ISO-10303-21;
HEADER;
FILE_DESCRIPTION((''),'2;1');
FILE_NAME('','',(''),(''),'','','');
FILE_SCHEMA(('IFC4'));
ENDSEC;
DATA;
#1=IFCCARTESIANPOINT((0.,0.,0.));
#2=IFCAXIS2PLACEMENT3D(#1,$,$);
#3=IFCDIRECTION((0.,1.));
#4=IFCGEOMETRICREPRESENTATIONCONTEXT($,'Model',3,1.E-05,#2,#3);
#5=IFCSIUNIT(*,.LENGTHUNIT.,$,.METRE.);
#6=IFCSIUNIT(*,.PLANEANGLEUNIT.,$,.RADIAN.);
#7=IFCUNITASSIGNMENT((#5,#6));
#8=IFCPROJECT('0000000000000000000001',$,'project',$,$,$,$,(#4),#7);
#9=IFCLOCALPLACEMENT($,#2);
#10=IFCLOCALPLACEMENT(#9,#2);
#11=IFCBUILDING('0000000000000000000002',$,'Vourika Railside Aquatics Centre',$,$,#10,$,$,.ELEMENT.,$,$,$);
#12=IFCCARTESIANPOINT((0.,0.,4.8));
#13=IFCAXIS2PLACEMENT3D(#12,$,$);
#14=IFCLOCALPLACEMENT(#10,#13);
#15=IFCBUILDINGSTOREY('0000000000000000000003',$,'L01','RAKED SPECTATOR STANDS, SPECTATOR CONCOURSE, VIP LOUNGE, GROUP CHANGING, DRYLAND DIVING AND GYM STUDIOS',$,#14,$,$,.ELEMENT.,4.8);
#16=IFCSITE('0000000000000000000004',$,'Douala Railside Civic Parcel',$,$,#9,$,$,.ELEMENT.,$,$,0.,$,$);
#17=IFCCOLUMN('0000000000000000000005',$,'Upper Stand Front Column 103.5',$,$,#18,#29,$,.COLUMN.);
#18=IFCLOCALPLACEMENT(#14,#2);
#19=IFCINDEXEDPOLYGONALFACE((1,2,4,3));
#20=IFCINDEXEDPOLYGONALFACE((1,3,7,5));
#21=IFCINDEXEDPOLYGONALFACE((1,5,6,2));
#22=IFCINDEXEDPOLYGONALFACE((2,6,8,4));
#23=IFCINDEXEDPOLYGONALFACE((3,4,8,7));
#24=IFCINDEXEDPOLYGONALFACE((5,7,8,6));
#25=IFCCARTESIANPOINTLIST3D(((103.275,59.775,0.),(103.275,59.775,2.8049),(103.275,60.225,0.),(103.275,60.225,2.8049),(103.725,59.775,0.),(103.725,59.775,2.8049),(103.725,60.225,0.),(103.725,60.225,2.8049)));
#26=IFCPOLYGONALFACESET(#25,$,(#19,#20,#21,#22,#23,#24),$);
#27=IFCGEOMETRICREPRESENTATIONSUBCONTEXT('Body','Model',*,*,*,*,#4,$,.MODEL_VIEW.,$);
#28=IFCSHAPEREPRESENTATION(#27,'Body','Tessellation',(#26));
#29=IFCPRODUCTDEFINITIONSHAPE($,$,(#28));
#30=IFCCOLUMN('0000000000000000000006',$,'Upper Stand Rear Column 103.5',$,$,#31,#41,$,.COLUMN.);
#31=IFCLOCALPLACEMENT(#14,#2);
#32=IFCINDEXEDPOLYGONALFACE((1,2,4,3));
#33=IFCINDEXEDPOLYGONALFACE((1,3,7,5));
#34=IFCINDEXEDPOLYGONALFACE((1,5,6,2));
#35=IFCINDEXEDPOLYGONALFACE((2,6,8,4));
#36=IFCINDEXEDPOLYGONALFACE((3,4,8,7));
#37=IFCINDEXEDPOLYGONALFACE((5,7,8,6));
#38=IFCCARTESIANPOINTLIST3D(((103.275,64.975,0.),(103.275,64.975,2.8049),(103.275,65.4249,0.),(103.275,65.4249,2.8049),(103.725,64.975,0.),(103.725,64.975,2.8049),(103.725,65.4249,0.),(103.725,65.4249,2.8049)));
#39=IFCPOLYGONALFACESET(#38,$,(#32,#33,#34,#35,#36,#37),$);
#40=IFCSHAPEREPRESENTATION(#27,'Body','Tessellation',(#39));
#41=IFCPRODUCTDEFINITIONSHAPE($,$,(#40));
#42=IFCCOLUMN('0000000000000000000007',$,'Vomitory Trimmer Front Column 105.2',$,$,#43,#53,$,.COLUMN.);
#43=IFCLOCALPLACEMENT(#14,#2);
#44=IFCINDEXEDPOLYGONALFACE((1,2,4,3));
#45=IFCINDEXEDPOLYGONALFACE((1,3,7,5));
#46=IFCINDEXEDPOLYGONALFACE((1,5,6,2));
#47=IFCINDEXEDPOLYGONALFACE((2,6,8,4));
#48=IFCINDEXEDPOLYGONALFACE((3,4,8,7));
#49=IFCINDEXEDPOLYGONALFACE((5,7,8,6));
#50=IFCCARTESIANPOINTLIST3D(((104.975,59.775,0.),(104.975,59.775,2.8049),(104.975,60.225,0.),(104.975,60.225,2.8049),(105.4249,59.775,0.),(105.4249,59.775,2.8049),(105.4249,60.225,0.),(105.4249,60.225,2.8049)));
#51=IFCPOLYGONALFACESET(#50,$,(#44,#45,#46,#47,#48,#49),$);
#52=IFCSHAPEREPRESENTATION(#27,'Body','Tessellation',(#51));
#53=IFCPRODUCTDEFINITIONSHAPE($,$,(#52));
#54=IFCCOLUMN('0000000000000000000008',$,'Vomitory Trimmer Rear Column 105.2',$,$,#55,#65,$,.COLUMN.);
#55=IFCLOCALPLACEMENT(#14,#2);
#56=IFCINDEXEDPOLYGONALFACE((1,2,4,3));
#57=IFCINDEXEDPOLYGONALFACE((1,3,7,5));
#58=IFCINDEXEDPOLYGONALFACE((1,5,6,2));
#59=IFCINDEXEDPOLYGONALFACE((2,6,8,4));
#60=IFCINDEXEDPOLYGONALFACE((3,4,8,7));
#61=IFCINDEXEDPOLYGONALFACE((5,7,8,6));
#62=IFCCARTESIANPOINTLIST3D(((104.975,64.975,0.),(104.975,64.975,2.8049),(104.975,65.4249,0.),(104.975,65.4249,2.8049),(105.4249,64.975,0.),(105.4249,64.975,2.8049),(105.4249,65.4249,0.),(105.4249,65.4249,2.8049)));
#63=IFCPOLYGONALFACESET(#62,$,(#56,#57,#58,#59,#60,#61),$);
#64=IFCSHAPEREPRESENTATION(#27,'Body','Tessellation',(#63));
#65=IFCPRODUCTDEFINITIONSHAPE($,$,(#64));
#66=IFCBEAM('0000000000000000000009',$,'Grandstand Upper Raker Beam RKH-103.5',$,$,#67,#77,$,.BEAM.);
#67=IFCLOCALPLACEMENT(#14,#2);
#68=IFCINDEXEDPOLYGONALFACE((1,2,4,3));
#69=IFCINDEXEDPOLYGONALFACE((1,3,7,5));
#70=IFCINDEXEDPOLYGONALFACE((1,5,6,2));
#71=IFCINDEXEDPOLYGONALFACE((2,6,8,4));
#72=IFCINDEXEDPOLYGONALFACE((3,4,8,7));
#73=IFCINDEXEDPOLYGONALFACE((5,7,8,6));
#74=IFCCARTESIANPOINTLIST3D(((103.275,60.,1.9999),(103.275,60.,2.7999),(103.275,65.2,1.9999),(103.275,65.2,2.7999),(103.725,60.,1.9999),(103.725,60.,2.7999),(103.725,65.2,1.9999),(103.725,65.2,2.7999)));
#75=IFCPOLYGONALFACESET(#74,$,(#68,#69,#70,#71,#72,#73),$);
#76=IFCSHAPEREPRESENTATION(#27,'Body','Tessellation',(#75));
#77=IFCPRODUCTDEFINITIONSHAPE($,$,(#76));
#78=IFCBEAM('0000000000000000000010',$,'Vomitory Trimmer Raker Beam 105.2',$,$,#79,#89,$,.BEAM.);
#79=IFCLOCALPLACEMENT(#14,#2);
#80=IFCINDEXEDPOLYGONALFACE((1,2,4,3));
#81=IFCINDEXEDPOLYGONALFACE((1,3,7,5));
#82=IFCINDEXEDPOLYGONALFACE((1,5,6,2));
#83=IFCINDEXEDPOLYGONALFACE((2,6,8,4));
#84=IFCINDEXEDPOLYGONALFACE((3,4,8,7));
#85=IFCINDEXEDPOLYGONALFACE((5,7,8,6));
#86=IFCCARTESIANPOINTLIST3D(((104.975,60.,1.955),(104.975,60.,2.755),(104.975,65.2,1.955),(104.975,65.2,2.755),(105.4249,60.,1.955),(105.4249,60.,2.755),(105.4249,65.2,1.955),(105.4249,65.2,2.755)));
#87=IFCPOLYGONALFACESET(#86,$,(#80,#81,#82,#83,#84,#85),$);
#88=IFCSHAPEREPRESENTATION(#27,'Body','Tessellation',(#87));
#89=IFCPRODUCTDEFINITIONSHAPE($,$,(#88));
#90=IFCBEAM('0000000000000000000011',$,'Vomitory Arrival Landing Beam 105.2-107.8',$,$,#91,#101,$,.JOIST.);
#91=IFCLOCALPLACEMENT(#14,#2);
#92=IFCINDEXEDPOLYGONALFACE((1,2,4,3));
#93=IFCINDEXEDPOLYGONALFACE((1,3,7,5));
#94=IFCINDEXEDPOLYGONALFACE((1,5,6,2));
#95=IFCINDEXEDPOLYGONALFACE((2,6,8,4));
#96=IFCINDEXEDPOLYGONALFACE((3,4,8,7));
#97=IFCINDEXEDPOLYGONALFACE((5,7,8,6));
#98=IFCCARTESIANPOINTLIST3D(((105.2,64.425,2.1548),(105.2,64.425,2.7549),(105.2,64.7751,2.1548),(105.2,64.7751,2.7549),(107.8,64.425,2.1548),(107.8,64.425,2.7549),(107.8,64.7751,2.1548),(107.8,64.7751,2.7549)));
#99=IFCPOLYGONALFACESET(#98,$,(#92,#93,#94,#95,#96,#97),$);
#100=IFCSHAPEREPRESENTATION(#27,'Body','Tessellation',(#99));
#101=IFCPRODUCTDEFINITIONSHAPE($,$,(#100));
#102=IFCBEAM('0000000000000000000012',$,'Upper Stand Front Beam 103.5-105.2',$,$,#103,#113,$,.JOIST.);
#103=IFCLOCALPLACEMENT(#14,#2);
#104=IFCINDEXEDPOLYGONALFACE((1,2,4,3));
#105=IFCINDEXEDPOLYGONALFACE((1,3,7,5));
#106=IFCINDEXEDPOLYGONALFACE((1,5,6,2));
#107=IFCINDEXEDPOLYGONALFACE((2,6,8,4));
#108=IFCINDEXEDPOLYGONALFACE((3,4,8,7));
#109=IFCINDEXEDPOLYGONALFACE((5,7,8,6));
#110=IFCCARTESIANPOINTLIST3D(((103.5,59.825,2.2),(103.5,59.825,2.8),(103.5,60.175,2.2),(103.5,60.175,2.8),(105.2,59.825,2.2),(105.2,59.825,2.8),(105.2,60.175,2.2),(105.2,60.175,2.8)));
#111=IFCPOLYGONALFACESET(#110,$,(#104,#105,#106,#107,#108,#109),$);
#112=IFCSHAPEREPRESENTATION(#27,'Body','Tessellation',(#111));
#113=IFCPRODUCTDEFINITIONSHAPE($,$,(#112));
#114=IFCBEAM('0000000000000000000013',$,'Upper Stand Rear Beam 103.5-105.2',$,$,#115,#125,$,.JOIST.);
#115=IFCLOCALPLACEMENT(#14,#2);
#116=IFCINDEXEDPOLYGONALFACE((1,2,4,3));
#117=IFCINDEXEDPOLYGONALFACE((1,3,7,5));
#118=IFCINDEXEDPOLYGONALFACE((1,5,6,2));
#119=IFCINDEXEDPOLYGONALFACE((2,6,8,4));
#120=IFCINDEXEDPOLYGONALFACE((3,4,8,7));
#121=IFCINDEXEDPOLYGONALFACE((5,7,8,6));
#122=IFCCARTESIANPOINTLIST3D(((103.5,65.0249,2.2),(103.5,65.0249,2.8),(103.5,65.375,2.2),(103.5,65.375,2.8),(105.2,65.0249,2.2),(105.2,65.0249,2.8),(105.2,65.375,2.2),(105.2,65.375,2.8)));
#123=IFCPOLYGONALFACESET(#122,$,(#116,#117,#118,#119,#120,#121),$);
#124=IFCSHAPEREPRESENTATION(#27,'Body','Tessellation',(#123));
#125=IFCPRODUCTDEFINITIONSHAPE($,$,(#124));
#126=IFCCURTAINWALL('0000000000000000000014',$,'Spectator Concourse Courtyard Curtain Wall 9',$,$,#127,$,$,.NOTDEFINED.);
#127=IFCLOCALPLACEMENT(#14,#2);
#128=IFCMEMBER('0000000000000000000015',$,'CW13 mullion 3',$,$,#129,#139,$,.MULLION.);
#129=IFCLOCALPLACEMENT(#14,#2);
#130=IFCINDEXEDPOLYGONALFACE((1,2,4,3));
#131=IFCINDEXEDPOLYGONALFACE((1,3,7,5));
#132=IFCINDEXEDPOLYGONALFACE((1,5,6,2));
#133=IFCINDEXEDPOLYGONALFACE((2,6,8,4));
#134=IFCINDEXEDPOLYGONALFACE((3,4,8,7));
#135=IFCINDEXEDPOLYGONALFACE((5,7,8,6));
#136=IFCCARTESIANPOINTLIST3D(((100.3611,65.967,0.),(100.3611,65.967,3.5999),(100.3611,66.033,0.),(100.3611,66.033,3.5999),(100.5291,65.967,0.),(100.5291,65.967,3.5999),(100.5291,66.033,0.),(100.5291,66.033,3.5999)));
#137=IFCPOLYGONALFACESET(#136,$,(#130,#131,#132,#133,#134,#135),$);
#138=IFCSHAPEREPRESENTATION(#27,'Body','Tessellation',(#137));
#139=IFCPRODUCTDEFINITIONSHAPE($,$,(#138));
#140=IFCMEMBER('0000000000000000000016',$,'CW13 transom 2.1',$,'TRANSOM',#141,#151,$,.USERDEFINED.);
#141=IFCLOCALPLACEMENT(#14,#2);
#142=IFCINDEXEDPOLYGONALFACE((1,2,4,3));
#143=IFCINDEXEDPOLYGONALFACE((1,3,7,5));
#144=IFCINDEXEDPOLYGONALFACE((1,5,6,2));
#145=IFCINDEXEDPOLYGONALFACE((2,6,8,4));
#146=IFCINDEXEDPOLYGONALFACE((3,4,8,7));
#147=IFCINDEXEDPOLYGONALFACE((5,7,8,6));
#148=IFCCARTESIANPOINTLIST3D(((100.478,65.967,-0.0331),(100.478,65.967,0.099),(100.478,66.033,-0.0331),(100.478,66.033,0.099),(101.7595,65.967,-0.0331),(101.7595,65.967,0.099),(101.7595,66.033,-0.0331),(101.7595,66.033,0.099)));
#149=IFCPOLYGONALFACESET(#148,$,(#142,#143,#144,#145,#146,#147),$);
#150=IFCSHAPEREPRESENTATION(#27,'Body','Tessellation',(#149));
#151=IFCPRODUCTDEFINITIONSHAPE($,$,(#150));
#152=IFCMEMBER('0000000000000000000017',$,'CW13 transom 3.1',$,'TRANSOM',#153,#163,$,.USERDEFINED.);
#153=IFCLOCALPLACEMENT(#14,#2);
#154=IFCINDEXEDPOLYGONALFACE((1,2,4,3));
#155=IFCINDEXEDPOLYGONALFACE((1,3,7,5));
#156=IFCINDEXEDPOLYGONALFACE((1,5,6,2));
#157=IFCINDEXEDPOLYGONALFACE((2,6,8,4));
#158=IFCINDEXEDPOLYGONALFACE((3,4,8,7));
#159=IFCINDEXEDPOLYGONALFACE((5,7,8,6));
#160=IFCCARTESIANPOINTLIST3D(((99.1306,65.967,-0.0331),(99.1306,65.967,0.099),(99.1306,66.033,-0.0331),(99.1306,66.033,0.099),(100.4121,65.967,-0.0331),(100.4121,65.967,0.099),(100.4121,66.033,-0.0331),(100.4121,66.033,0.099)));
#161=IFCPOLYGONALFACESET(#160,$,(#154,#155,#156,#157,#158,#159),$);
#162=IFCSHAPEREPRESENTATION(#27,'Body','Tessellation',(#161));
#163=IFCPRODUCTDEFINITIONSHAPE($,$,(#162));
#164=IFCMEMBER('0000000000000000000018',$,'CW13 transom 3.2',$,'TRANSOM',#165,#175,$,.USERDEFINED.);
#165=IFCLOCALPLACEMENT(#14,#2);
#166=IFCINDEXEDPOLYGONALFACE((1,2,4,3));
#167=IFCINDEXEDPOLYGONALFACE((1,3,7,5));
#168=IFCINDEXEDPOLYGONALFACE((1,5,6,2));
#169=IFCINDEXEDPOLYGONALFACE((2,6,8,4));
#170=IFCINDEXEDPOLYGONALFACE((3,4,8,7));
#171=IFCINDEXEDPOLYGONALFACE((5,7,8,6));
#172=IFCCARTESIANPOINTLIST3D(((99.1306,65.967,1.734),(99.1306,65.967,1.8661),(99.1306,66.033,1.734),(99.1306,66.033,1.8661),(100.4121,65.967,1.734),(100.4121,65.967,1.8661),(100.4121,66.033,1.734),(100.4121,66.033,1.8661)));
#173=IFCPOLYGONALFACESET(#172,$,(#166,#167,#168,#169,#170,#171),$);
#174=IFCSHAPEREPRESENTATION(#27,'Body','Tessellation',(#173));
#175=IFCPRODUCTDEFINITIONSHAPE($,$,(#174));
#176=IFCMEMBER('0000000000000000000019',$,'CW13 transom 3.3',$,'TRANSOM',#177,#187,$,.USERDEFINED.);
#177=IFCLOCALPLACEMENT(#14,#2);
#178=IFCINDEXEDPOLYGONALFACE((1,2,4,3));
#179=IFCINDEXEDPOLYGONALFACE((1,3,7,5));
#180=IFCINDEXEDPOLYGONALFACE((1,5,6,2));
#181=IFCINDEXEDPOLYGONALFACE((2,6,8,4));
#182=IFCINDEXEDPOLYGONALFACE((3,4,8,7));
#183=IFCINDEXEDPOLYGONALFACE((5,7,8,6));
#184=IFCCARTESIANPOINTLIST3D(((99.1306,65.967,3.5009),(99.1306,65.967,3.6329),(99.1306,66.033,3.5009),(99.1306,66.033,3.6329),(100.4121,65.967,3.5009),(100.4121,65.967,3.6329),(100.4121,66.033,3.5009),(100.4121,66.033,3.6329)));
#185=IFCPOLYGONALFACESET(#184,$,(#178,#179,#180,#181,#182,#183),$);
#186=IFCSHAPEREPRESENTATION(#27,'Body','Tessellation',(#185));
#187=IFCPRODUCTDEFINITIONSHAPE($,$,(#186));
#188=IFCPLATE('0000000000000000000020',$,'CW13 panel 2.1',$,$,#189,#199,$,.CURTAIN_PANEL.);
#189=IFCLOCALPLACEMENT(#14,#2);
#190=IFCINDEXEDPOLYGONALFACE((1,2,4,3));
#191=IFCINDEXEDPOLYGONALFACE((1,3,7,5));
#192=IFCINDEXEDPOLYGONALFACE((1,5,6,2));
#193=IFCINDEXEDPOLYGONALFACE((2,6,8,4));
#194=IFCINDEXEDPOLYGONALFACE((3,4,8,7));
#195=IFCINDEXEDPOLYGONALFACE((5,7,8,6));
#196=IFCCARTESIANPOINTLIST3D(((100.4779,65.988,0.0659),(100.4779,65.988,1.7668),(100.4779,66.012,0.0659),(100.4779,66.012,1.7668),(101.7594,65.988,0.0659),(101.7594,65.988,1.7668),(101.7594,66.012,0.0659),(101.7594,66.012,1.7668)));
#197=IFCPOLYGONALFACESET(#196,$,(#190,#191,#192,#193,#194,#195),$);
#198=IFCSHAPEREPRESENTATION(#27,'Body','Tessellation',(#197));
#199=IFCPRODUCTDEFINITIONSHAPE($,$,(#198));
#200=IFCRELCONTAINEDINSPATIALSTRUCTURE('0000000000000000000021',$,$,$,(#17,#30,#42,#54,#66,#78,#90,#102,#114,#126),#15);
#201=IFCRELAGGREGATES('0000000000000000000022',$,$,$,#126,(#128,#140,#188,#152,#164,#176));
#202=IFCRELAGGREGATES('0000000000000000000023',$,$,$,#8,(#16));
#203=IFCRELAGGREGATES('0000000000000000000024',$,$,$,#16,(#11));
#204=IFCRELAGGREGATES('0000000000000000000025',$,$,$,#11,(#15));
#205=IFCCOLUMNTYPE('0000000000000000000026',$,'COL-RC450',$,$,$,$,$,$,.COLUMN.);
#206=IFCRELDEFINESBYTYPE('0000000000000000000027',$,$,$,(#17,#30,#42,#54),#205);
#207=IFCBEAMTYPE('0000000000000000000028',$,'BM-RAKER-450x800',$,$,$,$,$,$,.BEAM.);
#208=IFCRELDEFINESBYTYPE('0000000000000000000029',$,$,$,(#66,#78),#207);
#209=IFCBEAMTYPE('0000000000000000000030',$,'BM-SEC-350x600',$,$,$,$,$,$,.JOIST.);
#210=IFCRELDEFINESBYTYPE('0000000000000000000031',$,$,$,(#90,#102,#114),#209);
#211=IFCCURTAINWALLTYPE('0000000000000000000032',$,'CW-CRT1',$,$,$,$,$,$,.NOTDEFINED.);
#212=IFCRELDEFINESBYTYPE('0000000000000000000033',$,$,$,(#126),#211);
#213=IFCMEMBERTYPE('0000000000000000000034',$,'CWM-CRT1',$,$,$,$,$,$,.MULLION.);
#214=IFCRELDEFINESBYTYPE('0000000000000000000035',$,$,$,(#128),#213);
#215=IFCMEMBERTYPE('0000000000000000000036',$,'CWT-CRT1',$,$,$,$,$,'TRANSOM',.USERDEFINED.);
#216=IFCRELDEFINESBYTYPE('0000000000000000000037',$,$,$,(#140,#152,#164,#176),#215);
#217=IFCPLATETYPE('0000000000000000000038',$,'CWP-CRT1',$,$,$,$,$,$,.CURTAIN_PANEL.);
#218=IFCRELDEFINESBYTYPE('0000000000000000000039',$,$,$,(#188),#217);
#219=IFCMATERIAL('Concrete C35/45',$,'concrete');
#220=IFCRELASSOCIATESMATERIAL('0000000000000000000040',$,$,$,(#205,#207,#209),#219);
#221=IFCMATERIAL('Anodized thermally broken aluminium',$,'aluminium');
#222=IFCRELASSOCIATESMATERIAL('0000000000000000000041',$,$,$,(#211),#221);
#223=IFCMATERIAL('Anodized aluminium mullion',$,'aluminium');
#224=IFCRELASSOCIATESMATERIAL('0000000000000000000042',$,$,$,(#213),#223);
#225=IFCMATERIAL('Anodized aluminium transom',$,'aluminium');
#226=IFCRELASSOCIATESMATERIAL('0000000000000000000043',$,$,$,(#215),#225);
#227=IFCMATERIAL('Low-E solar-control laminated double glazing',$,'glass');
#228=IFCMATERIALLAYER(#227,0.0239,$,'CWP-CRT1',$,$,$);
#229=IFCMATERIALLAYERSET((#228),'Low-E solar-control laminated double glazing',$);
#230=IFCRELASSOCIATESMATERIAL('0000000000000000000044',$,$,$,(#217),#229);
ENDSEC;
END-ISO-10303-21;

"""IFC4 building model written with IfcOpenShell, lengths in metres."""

from ifc_helpers import new_model, si_unit, direction, frame, origin, origin_2d, place, context, subcontext, project, spatial, rectangle, extrude, material, layer, layer_set, material_profile, profile_set, type_object, element, aggregate, save


model = new_model("IFC4")

# Units and contexts
model_context = context("Model", 3, precision=1e-05, world=origin(), true_north=direction((0.0, 1.0)))
body_context = subcontext(model_context, "Body", "Model", "MODEL_VIEW")
ifc_project = project(units=[si_unit("LENGTHUNIT", "METRE"), si_unit("PLANEANGLEUNIT", "RADIAN")], contexts=[model_context])

# Site, building, storey
site_placement = place(None, origin())
site = spatial("IfcSite", under=ifc_project, at=site_placement, Name="Douala Railside Civic Parcel", CompositionType="ELEMENT", RefElevation=0.0)
building_placement = place(site_placement, origin())
building = spatial("IfcBuilding", under=site, at=building_placement, Name="Vourika Railside Aquatics Centre", CompositionType="ELEMENT")
storey_placement = place(building_placement, frame((0.0, 0.0, 4.8)))
storey = spatial("IfcBuildingStorey", under=building, at=storey_placement, Name="L01", Description="RAKED SPECTATOR STANDS, SPECTATOR CONCOURSE, VIP LOUNGE, GROUP CHANGING, DRYLAND DIVING AND GYM STUDIOS", CompositionType="ELEMENT", Elevation=4.8)

# Columns
ifc_material_1 = material(Name="Concrete C35/45", Category="concrete")
ifc_material_profile_1 = material_profile(ifc_material_1, rectangle(XDim=0.45, YDim=0.45, at=origin_2d()), Name="RC 450x450")
ifc_profile_set_1 = profile_set([ifc_material_profile_1], Name="Concrete C35/45")
column_type = type_object("IfcColumnType", Name="COL-RC450", PredefinedType="COLUMN", material=ifc_profile_set_1)
for number, where, z_axis, x_axis, name in (
    (1, (103.5, 60.0, 0.0), (0.0, 0.0, 1.0), (1.0, 0.0, 0.0), "Upper Stand Front Column 103.5"),
    (2, (103.5, 65.2, 0.0), (0.0, 0.0, 1.0), (1.0, 0.0, 0.0), "Upper Stand Rear Column 103.5"),
    (3, (105.2, 60.0, 0.0), (0.0, 0.0, 1.0), (1.0, 0.0, 0.0), "Vomitory Trimmer Front Column 105.2"),
    (4, (105.2, 65.2, 0.0), (0.0, 0.0, 1.0), (1.0, 0.0, 0.0), "Vomitory Trimmer Rear Column 105.2"),
):
    element("IfcColumn", number, at=place(storey_placement, frame(where, z_axis=z_axis, x_axis=x_axis)), inside=storey, type_object=column_type, Name=name, PredefinedType="COLUMN", context=body_context, shape_type="SweptSolid", body=[
        extrude(rectangle(XDim=0.45, YDim=0.45, at=origin_2d()), origin(), (0.0, 0.0, 1.0), 2.8049),
    ])

# Beams
ifc_material_profile_2 = material_profile(ifc_material_1, rectangle(XDim=0.45, YDim=0.8, at=origin_2d()), Name="RC 450x800")
ifc_profile_set_2 = profile_set([ifc_material_profile_2], Name="Concrete C35/45")
beam_type_1 = type_object("IfcBeamType", Name="BM-RAKER-450x800", PredefinedType="BEAM", material=ifc_profile_set_2)
for number, where, z_axis, x_axis, name in (
    (5, (103.5, 60.0, 2.3999), (0.0, 1.0, 0.0), (-1.0, 0.0, 0.0), "Grandstand Upper Raker Beam RKH-103.5"),
    (6, (105.2, 60.0, 2.355), (0.0, 1.0, 0.0), (-1.0, 0.0, 0.0), "Vomitory Trimmer Raker Beam 105.2"),
):
    element("IfcBeam", number, at=place(storey_placement, frame(where, z_axis=z_axis, x_axis=x_axis)), inside=storey, type_object=beam_type_1, Name=name, PredefinedType="BEAM", context=body_context, shape_type="SweptSolid", body=[
        extrude(rectangle(XDim=0.45, YDim=0.8, at=origin_2d()), origin(), (0.0, 0.0, 1.0), 5.2),
    ])
ifc_material_profile_3 = material_profile(ifc_material_1, rectangle(XDim=0.3501, YDim=0.6001, at=origin_2d()), Name="RC 350x600")
ifc_profile_set_3 = profile_set([ifc_material_profile_3], Name="Concrete C35/45")
beam_type_2 = type_object("IfcBeamType", Name="BM-SEC-350x600", PredefinedType="JOIST", material=ifc_profile_set_3)
beam_placement = place(storey_placement, frame((105.2, 64.6001, 2.4548), z_axis=(1.0, 0.0, 0.0), x_axis=(0.0, 1.0, 0.0)))
element("IfcBeam", 7, at=beam_placement, inside=storey, type_object=beam_type_2, Name="Vomitory Arrival Landing Beam 105.2-107.8", PredefinedType="JOIST", context=body_context, shape_type="SweptSolid", body=[
    extrude(rectangle(XDim=0.3501, YDim=0.6001, at=origin_2d()), origin(), (0.0, 0.0, 1.0), 2.6001),
])
for number, where, z_axis, x_axis, name in (
    (8, (103.5, 60.0, 2.5), (1.0, 0.0, 0.0), (0.0, 1.0, 0.0), "Upper Stand Front Beam 103.5-105.2"),
    (9, (103.5, 65.2, 2.5), (1.0, 0.0, 0.0), (0.0, 1.0, 0.0), "Upper Stand Rear Beam 103.5-105.2"),
):
    element("IfcBeam", number, at=place(storey_placement, frame(where, z_axis=z_axis, x_axis=x_axis)), inside=storey, type_object=beam_type_2, Name=name, PredefinedType="JOIST", context=body_context, shape_type="SweptSolid", body=[
        extrude(rectangle(XDim=0.3501, YDim=0.6001, at=origin_2d()), origin(), (0.0, 0.0, 1.0), 1.7),
    ])

# Curtain wall, members, plate
ifc_material_2 = material(Name="Anodized thermally broken aluminium", Category="aluminium")
curtain_wall_type = type_object("IfcCurtainWallType", Name="CW-CRT1", PredefinedType="NOTDEFINED", material=ifc_material_2)
curtain_wall_placement = place(storey_placement, origin())
curtain_wall = element("IfcCurtainWall", 10, at=curtain_wall_placement, inside=storey, type_object=curtain_wall_type, Name="Spectator Concourse Courtyard Curtain Wall 9", PredefinedType="NOTDEFINED")
ifc_material_3 = material(Name="Anodized aluminium mullion", Category="aluminium")
ifc_material_profile_4 = material_profile(ifc_material_3, rectangle(XDim=0.0659, YDim=0.168, at=origin_2d()), Name="ALU-M 66x168")
ifc_profile_set_4 = profile_set([ifc_material_profile_4], Name="Anodized aluminium mullion")
member_type_1 = type_object("IfcMemberType", Name="CWM-CRT1", PredefinedType="MULLION", material=ifc_profile_set_4)
member_1_placement = place(storey_placement, frame((100.4451, 66.0, 0.0), z_axis=(0.0, 0.0, 1.0), x_axis=(0.0, -1.0, 0.0)))
member_1 = element("IfcMember", 11, at=member_1_placement, type_object=member_type_1, Name="CW13 mullion 3", PredefinedType="MULLION", context=body_context, shape_type="SweptSolid", body=[
    extrude(rectangle(XDim=0.0659, YDim=0.168, at=origin_2d()), origin(), (0.0, 0.0, 1.0), 3.5999),
])
ifc_material_4 = material(Name="Anodized aluminium transom", Category="aluminium")
ifc_material_profile_5 = material_profile(ifc_material_4, rectangle(XDim=0.0659, YDim=0.1321, at=origin_2d()), Name="ALU-T 66x132")
ifc_profile_set_5 = profile_set([ifc_material_profile_5], Name="Anodized aluminium transom")
member_type_2 = type_object("IfcMemberType", Name="CWT-CRT1", ElementType="TRANSOM", PredefinedType="USERDEFINED", material=ifc_profile_set_5)
member_2_placement = place(storey_placement, frame((101.7595, 66.0, 0.033), z_axis=(-1.0, 0.0, 0.0), x_axis=(0.0, -1.0, 0.0)))
member_2 = element("IfcMember", 12, at=member_2_placement, type_object=member_type_2, Name="CW13 transom 2.1", ObjectType="TRANSOM", PredefinedType="USERDEFINED", context=body_context, shape_type="SweptSolid", body=[
    extrude(rectangle(XDim=0.0659, YDim=0.1321, at=origin_2d()), origin(), (0.0, 0.0, 1.0), 1.2815),
])
member_3_placement = place(storey_placement, frame((100.4121, 66.0, 0.033), z_axis=(-1.0, 0.0, 0.0), x_axis=(0.0, -1.0, 0.0)))
member_3 = element("IfcMember", 13, at=member_3_placement, type_object=member_type_2, Name="CW13 transom 3.1", ObjectType="TRANSOM", PredefinedType="USERDEFINED", context=body_context, shape_type="SweptSolid", body=[
    extrude(rectangle(XDim=0.0659, YDim=0.1321, at=origin_2d()), origin(), (0.0, 0.0, 1.0), 1.2815),
])
member_4_placement = place(storey_placement, frame((100.4121, 66.0, 1.8), z_axis=(-1.0, 0.0, 0.0), x_axis=(0.0, -1.0, 0.0)))
member_4 = element("IfcMember", 14, at=member_4_placement, type_object=member_type_2, Name="CW13 transom 3.2", ObjectType="TRANSOM", PredefinedType="USERDEFINED", context=body_context, shape_type="SweptSolid", body=[
    extrude(rectangle(XDim=0.0659, YDim=0.1321, at=origin_2d()), origin(), (0.0, 0.0, 1.0), 1.2815),
])
member_5_placement = place(storey_placement, frame((100.4121, 66.0, 3.5669), z_axis=(-1.0, 0.0, 0.0), x_axis=(0.0, -1.0, 0.0)))
member_5 = element("IfcMember", 15, at=member_5_placement, type_object=member_type_2, Name="CW13 transom 3.3", ObjectType="TRANSOM", PredefinedType="USERDEFINED", context=body_context, shape_type="SweptSolid", body=[
    extrude(rectangle(XDim=0.0659, YDim=0.1321, at=origin_2d()), origin(), (0.0, 0.0, 1.0), 1.2815),
])
ifc_material_5 = material(Name="Low-E solar-control laminated double glazing", Category="glass")
ifc_layer_1 = layer(ifc_material_5, 0.0239, Name="CWP-CRT1")
ifc_layer_set_1 = layer_set([ifc_layer_1], Name="Low-E solar-control laminated double glazing")
plate_type = type_object("IfcPlateType", Name="CWP-CRT1", PredefinedType="CURTAIN_PANEL", material=ifc_layer_set_1)
plate_1_placement = place(storey_placement, frame((101.1187, 66.0, 0.0659), z_axis=(0.0, 0.0, 1.0), x_axis=(-1.0, 0.0, 0.0)))
plate_1 = element("IfcPlate", 16, at=plate_1_placement, type_object=plate_type, Name="CW13 panel 2.1", PredefinedType="CURTAIN_PANEL", context=body_context, shape_type="SweptSolid", body=[
    extrude(rectangle(XDim=1.2815, YDim=0.0239, at=origin_2d()), origin(), (0.0, 0.0, 1.0), 1.7009),
])
aggregate(curtain_wall, [member_1, member_2, plate_1, member_3, member_4, member_5])

save(model, "model.ifc")
